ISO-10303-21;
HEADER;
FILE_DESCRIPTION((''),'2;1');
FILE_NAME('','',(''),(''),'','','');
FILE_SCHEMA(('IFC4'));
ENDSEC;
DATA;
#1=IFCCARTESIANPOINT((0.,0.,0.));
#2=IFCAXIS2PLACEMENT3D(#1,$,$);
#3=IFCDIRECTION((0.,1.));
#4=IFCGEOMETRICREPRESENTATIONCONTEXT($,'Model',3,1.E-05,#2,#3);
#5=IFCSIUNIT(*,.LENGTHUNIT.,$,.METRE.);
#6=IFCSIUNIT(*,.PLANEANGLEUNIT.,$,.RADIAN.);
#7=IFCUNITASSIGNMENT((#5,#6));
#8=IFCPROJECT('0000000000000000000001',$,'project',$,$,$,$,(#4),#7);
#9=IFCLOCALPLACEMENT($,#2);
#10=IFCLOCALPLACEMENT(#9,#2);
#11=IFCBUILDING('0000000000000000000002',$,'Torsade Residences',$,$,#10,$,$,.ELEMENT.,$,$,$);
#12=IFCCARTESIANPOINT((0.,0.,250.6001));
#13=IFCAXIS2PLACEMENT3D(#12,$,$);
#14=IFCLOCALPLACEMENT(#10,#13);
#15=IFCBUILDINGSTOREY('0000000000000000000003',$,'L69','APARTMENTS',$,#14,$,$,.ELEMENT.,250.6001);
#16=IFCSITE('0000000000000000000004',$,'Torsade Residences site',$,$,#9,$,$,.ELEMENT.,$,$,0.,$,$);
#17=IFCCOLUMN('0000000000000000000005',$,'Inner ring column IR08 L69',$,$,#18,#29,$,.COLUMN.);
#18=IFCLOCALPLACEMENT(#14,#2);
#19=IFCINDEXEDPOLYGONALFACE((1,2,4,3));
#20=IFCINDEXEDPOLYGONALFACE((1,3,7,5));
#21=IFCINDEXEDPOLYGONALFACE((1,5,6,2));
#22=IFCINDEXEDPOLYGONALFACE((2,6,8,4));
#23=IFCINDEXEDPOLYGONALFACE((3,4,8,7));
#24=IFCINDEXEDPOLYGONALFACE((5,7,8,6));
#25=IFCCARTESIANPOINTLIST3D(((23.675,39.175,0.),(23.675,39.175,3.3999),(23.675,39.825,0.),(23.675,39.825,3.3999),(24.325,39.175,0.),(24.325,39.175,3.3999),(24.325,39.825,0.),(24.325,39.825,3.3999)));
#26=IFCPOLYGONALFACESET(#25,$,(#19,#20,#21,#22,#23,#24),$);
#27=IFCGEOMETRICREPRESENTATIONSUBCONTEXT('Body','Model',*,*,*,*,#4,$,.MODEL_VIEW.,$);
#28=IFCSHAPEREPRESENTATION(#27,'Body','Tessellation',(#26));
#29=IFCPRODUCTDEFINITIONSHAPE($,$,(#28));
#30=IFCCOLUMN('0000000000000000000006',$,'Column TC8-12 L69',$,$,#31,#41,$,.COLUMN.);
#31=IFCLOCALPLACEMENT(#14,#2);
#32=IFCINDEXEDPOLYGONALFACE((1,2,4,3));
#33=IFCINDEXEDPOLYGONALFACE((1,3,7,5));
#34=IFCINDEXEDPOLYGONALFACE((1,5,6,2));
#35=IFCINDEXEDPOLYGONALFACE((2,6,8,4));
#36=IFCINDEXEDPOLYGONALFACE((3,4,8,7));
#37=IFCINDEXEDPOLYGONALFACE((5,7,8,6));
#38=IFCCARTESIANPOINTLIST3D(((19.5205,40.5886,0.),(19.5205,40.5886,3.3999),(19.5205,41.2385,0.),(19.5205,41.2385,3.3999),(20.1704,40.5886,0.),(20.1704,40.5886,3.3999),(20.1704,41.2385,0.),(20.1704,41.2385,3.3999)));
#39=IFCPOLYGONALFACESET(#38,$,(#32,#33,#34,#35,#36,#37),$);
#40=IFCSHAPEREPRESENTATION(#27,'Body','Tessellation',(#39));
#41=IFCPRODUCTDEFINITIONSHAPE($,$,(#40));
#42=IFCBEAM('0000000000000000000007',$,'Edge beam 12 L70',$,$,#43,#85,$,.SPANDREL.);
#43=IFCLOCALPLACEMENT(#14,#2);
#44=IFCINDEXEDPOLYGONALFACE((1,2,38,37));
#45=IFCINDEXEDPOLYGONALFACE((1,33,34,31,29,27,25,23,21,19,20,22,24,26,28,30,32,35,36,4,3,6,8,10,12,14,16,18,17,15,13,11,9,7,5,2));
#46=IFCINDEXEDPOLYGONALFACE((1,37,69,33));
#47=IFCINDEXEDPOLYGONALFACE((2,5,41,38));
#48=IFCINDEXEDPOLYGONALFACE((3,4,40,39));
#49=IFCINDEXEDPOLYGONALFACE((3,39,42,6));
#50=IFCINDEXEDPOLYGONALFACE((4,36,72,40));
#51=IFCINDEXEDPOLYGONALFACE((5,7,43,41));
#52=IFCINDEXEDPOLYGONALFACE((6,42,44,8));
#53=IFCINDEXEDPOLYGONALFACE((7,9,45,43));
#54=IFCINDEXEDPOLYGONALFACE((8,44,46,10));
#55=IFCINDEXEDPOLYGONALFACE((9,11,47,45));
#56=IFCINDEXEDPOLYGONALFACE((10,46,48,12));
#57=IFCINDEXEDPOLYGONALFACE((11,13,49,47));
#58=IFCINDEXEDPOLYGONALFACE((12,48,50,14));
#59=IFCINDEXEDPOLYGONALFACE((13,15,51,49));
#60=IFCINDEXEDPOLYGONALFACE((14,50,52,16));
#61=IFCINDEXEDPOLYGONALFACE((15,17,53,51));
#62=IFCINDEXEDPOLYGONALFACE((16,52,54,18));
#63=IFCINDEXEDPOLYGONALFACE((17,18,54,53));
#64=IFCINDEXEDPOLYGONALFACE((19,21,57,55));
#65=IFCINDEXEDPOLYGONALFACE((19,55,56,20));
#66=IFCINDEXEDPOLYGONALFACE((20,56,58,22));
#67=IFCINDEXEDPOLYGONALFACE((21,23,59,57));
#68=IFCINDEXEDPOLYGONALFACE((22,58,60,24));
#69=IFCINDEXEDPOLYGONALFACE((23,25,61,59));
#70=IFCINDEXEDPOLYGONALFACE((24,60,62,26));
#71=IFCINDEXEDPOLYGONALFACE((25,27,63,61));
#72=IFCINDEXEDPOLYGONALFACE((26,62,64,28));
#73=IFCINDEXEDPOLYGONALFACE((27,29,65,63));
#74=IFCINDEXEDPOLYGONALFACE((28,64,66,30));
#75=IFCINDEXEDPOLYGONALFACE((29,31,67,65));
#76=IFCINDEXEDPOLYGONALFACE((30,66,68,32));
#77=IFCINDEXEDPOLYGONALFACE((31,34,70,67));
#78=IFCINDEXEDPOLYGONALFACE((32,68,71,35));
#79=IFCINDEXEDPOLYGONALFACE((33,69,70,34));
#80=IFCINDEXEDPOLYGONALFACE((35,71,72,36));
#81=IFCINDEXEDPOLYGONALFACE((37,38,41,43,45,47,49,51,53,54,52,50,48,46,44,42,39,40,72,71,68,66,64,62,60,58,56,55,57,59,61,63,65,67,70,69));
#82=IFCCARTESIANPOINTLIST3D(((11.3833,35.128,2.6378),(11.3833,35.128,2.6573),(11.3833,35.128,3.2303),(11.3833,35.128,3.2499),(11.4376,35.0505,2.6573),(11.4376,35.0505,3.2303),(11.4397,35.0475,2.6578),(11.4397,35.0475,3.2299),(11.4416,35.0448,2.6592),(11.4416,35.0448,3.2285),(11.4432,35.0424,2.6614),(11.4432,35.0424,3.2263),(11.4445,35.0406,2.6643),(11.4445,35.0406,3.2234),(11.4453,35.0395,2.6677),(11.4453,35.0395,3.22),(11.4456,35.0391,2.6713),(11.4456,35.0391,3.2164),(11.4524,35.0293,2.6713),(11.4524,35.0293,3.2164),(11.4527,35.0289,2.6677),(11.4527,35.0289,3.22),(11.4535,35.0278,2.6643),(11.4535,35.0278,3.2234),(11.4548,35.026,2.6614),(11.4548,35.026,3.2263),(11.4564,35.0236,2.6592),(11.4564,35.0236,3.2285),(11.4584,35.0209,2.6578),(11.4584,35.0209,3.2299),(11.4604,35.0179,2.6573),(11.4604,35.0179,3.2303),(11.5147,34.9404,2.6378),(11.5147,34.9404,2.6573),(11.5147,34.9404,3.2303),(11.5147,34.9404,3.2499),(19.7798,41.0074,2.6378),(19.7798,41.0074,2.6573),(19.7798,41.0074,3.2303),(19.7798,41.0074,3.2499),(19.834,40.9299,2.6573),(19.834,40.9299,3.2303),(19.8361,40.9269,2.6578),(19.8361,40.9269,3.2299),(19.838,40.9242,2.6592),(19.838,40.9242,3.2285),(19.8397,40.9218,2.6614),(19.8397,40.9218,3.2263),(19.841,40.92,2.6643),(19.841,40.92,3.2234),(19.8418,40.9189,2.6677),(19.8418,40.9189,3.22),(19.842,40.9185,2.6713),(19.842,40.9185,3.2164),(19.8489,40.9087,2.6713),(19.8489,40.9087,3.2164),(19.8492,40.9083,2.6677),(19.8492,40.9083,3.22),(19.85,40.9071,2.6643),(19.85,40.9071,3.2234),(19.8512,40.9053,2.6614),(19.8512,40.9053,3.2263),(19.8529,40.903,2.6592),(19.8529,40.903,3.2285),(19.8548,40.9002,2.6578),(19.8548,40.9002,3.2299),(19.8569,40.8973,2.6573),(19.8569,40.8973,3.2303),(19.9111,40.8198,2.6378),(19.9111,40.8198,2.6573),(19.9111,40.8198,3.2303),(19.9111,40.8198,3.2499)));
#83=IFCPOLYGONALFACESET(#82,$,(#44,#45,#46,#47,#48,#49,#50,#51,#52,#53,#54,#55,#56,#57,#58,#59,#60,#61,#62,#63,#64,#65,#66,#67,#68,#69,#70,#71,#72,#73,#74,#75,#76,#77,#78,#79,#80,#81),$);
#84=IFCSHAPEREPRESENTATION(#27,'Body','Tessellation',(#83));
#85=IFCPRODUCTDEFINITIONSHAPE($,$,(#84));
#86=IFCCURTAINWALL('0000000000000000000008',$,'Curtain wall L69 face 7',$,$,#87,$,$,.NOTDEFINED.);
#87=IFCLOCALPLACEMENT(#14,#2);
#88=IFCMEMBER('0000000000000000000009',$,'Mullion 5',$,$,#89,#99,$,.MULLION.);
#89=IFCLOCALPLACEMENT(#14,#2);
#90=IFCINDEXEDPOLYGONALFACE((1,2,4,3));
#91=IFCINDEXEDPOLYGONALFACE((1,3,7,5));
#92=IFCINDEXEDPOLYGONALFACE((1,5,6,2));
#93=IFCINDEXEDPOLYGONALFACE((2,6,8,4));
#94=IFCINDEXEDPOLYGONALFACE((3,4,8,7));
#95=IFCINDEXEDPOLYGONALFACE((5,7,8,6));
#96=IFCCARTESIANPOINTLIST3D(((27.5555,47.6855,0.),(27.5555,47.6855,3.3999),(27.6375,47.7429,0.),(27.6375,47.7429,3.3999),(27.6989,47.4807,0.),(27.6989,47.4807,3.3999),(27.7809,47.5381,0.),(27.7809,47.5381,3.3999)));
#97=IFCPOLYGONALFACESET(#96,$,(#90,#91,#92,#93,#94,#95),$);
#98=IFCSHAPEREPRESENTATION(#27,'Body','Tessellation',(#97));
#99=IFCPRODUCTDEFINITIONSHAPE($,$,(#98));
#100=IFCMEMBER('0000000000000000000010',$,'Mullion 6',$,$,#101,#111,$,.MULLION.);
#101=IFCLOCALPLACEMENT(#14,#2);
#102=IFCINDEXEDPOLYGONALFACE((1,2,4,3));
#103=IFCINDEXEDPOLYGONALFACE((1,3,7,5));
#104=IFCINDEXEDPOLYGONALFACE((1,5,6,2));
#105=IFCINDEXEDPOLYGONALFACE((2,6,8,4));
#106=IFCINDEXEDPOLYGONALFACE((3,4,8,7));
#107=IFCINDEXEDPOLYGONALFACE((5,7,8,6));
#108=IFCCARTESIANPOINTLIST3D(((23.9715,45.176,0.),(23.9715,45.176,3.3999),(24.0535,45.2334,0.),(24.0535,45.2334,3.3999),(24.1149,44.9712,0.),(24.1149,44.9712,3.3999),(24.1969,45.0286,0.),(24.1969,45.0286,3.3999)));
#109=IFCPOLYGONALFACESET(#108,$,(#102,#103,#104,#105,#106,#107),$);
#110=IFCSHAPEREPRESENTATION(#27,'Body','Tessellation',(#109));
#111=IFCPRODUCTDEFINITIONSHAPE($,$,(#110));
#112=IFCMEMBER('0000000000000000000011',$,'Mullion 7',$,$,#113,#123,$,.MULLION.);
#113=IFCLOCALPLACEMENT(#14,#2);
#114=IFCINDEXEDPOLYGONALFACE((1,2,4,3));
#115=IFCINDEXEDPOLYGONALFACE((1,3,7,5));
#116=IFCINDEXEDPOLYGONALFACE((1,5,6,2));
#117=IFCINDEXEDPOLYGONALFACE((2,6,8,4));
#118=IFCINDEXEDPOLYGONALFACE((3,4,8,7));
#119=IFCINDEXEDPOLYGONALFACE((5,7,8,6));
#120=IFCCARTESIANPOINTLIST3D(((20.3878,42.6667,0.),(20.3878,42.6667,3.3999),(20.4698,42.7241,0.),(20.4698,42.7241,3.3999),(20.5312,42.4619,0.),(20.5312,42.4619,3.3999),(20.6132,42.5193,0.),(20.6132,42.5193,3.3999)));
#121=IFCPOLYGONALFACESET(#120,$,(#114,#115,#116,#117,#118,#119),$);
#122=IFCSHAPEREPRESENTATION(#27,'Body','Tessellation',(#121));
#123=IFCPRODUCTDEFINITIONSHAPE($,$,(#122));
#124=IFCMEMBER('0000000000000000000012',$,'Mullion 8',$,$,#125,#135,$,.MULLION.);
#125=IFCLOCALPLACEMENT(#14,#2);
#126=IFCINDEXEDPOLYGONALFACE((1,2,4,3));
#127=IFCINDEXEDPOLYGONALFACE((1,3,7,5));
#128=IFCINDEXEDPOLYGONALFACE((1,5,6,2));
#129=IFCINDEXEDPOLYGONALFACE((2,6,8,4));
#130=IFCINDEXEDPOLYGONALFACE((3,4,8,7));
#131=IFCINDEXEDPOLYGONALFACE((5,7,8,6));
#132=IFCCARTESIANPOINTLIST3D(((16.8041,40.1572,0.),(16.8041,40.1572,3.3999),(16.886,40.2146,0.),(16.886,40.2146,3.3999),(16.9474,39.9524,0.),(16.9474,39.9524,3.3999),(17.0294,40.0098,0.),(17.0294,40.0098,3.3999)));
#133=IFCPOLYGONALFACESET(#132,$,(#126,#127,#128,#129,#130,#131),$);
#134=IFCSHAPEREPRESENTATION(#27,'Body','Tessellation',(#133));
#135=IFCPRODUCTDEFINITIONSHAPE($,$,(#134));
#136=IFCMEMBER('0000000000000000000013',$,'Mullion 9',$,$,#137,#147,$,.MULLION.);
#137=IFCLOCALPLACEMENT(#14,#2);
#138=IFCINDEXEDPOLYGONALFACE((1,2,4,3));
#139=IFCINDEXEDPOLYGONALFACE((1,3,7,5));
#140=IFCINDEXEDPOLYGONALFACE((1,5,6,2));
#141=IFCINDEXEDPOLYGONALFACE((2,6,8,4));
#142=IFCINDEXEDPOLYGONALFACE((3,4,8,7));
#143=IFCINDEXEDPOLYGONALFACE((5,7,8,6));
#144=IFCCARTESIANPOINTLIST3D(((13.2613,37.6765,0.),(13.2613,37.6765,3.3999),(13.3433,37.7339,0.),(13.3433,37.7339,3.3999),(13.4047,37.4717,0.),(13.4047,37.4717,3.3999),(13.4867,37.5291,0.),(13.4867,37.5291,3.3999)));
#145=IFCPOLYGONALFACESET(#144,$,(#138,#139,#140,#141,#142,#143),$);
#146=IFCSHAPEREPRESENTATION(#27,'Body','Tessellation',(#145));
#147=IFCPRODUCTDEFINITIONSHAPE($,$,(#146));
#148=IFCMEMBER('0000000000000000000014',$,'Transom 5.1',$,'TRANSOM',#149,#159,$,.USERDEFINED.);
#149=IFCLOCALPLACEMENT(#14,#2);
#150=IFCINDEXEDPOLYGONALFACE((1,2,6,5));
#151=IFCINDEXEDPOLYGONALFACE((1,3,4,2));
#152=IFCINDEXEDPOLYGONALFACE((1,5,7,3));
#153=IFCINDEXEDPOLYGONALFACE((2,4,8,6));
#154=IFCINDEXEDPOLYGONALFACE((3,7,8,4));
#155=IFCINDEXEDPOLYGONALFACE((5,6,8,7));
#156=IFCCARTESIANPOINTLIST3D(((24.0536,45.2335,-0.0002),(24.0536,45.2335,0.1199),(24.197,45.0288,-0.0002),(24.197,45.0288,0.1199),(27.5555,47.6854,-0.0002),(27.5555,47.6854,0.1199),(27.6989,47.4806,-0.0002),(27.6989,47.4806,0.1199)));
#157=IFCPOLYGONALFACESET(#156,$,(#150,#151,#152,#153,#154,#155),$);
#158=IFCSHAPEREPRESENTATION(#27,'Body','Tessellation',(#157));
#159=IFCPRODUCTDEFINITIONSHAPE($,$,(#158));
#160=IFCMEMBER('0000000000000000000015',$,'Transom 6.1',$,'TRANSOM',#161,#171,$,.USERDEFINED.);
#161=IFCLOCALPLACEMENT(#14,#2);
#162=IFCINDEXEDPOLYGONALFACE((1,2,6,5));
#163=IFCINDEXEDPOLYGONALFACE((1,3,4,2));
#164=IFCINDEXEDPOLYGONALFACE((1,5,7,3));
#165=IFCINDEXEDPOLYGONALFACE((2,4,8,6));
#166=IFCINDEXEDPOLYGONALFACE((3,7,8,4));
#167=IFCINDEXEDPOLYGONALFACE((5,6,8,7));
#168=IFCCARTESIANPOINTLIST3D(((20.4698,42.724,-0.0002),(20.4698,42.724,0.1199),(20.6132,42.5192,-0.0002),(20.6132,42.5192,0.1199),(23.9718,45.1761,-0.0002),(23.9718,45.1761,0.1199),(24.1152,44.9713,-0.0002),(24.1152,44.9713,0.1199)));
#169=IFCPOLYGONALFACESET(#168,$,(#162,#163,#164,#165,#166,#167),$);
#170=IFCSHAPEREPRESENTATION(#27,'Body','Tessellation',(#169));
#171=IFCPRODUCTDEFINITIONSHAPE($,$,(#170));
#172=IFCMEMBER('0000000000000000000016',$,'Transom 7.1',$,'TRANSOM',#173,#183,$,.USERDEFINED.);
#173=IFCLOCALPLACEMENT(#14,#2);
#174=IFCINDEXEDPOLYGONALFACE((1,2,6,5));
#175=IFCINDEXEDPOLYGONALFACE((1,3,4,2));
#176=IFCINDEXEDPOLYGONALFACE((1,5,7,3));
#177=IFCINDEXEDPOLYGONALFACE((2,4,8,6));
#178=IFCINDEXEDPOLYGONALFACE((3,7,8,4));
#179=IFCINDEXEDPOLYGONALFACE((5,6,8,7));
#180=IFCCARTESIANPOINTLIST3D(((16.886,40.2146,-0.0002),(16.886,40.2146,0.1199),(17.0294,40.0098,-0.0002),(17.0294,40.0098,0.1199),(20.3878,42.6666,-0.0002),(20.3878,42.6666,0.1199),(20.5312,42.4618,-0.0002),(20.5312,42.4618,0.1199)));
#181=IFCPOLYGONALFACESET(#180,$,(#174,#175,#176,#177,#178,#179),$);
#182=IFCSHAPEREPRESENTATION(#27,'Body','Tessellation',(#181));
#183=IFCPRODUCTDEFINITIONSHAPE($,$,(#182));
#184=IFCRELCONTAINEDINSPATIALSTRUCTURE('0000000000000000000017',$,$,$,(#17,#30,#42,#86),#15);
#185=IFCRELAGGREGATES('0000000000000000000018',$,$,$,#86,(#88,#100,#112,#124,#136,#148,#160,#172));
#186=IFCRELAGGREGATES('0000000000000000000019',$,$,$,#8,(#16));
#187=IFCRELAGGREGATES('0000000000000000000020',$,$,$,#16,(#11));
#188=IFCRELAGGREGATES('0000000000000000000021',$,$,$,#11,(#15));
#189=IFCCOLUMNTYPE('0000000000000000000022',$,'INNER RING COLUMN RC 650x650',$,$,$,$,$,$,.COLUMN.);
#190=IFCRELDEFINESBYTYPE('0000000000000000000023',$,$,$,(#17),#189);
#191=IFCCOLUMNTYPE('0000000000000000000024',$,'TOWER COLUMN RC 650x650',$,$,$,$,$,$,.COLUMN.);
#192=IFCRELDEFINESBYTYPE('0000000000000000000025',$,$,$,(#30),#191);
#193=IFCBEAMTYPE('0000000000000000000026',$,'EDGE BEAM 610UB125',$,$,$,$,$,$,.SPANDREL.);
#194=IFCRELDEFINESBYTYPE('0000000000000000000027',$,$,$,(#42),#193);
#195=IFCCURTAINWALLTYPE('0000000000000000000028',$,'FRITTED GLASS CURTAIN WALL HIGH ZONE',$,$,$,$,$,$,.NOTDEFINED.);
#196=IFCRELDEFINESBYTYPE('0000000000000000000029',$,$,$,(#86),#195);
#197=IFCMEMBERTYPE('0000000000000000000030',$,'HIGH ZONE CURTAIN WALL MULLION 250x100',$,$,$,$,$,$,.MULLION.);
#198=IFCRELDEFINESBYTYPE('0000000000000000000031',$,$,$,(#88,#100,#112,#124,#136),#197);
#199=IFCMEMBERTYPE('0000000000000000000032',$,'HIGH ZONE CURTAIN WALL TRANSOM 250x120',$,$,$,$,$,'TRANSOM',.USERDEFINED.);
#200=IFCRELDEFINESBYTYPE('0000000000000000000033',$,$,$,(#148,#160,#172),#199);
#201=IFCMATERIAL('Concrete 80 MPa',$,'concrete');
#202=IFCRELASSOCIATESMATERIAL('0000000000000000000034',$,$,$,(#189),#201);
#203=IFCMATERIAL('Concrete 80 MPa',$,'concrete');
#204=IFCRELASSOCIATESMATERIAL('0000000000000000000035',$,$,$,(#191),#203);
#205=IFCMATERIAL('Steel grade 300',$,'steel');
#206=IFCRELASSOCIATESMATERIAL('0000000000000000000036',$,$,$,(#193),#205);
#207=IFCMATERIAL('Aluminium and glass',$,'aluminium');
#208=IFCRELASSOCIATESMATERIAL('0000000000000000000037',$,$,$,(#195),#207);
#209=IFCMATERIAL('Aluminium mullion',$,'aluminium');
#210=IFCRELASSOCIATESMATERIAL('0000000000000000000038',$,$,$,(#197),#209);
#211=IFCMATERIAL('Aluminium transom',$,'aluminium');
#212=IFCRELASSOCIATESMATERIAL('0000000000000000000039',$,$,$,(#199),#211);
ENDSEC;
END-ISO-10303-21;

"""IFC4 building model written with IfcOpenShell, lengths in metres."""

from ifc_helpers import new_model, si_unit, direction, frame, origin, origin_2d, place, context, subcontext, project, spatial, rectangle, i_section, extrude, material, material_profile, profile_set, type_object, element, aggregate, save


model = new_model("IFC4")

# Units and contexts
model_context = context("Model", 3, precision=1e-05, world=origin(), true_north=direction((0.0, 1.0)))
body_context = subcontext(model_context, "Body", "Model", "MODEL_VIEW")
ifc_project = project(units=[si_unit("LENGTHUNIT", "METRE"), si_unit("PLANEANGLEUNIT", "RADIAN")], contexts=[model_context])

# Site, building, storey
site_placement = place(None, origin())
site = spatial("IfcSite", under=ifc_project, at=site_placement, Name="Torsade Residences site", CompositionType="ELEMENT", RefElevation=0.0)
building_placement = place(site_placement, origin())
building = spatial("IfcBuilding", under=site, at=building_placement, Name="Torsade Residences", CompositionType="ELEMENT")
storey_placement = place(building_placement, frame((0.0, 0.0, 250.6001)))
storey = spatial("IfcBuildingStorey", under=building, at=storey_placement, Name="L69", Description="APARTMENTS", CompositionType="ELEMENT", Elevation=250.6001)

# Columns
ifc_material_1 = material(Name="Concrete 80 MPa", Category="concrete")
ifc_material_profile_1 = material_profile(ifc_material_1, rectangle(XDim=0.6499, YDim=0.6499, at=origin_2d()), Name="RC 650x650")
ifc_profile_set_1 = profile_set([ifc_material_profile_1], Name="Concrete 80 MPa")
column_type_1 = type_object("IfcColumnType", Name="INNER RING COLUMN RC 650x650", PredefinedType="COLUMN", material=ifc_profile_set_1)
column_1_placement = place(storey_placement, frame((24.0, 39.5, 0.0), z_axis=(0.0, 0.0, 1.0), x_axis=(1.0, 0.0, 0.0)))
element("IfcColumn", 1, at=column_1_placement, inside=storey, type_object=column_type_1, Name="Inner ring column IR08 L69", PredefinedType="COLUMN", context=body_context, shape_type="SweptSolid", body=[
    extrude(rectangle(XDim=0.6499, YDim=0.6499, at=origin_2d()), origin(), (0.0, 0.0, 1.0), 3.3999),
])
ifc_material_2 = material(Name="Concrete 80 MPa", Category="concrete")
ifc_material_profile_2 = material_profile(ifc_material_2, rectangle(XDim=0.6499, YDim=0.6499, at=origin_2d()), Name="RC 650x650")
ifc_profile_set_2 = profile_set([ifc_material_profile_2], Name="Concrete 80 MPa")
column_type_2 = type_object("IfcColumnType", Name="TOWER COLUMN RC 650x650", PredefinedType="COLUMN", material=ifc_profile_set_2)
column_2_placement = place(storey_placement, frame((19.8455, 40.9136, 0.0), z_axis=(0.0, 0.0, 1.0), x_axis=(1.0, 0.0, 0.0)))
element("IfcColumn", 2, at=column_2_placement, inside=storey, type_object=column_type_2, Name="Column TC8-12 L69", PredefinedType="COLUMN", context=body_context, shape_type="SweptSolid", body=[
    extrude(rectangle(XDim=0.6499, YDim=0.6499, at=origin_2d()), origin(), (0.0, 0.0, 1.0), 3.3999),
])

# Beam
ifc_material_3 = material(Name="Steel grade 300", Category="steel")
ifc_material_profile_3 = material_profile(ifc_material_3, i_section(OverallWidth=0.229, OverallDepth=0.6121, WebThickness=0.012, FlangeThickness=0.0195, FilletRadius=0.0139, at=origin_2d()), Name="610UB125")
ifc_profile_set_3 = profile_set([ifc_material_profile_3], Name="Steel grade 300")
beam_type_1 = type_object("IfcBeamType", Name="EDGE BEAM 610UB125", PredefinedType="SPANDREL", material=ifc_profile_set_3)
beam_1_placement = place(storey_placement, frame((19.8455, 40.9136, 2.9438), z_axis=(-0.819147, -0.573584, 0.0), x_axis=(0.573584, -0.819147, 0.0)))
element("IfcBeam", 3, at=beam_1_placement, inside=storey, type_object=beam_type_1, Name="Edge beam 12 L70", PredefinedType="SPANDREL", context=body_context, shape_type="SweptSolid", body=[
    extrude(i_section(OverallWidth=0.229, OverallDepth=0.6121, WebThickness=0.012, FlangeThickness=0.0195, FilletRadius=0.0139, at=origin_2d()), origin(), (0.0, 0.0, 1.0), 10.2502),
])

# Curtain wall, members
ifc_material_4 = material(Name="Aluminium and glass", Category="aluminium")
curtain_wall_type = type_object("IfcCurtainWallType", Name="FRITTED GLASS CURTAIN WALL HIGH ZONE", PredefinedType="NOTDEFINED", material=ifc_material_4)
curtain_wall_placement = place(storey_placement, origin())
curtain_wall = element("IfcCurtainWall", 4, at=curtain_wall_placement, inside=storey, type_object=curtain_wall_type, Name="Curtain wall L69 face 7", PredefinedType="NOTDEFINED")
ifc_material_5 = material(Name="Aluminium mullion", Category="aluminium")
ifc_material_profile_4 = material_profile(ifc_material_5, rectangle(XDim=0.25, YDim=0.1001, at=origin_2d()), Name="HIGH ZONE CURTAIN WALL MULLION 250x100")
ifc_profile_set_4 = profile_set([ifc_material_profile_4], Name="Aluminium mullion")
member_type_1 = type_object("IfcMemberType", Name="HIGH ZONE CURTAIN WALL MULLION 250x100", PredefinedType="MULLION", material=ifc_profile_set_4)
member_1_placement = place(storey_placement, frame((27.6682, 47.6118, 0.0), z_axis=(0.0, 0.0, 1.0), x_axis=(0.573576, -0.819152, 0.0)))
member_1 = element("IfcMember", 5, at=member_1_placement, type_object=member_type_1, Name="Mullion 5", PredefinedType="MULLION", context=body_context, shape_type="SweptSolid", body=[
    extrude(rectangle(XDim=0.25, YDim=0.1001, at=origin_2d()), origin(), (0.0, 0.0, 1.0), 3.3999),
])
member_2_placement = place(storey_placement, frame((24.0842, 45.1023, 0.0), z_axis=(0.0, 0.0, 1.0), x_axis=(0.573576, -0.819152, 0.0)))
member_2 = element("IfcMember", 6, at=member_2_placement, type_object=member_type_1, Name="Mullion 6", PredefinedType="MULLION", context=body_context, shape_type="SweptSolid", body=[
    extrude(rectangle(XDim=0.25, YDim=0.1001, at=origin_2d()), origin(), (0.0, 0.0, 1.0), 3.3999),
])
member_3_placement = place(storey_placement, frame((20.5005, 42.593, 0.0), z_axis=(0.0, 0.0, 1.0), x_axis=(0.573576, -0.819152, 0.0)))
member_3 = element("IfcMember", 7, at=member_3_placement, type_object=member_type_1, Name="Mullion 7", PredefinedType="MULLION", context=body_context, shape_type="SweptSolid", body=[
    extrude(rectangle(XDim=0.25, YDim=0.1001, at=origin_2d()), origin(), (0.0, 0.0, 1.0), 3.3999),
])
member_4_placement = place(storey_placement, frame((16.9167, 40.0835, 0.0), z_axis=(0.0, 0.0, 1.0), x_axis=(0.573576, -0.819152, 0.0)))
member_4 = element("IfcMember", 8, at=member_4_placement, type_object=member_type_1, Name="Mullion 8", PredefinedType="MULLION", context=body_context, shape_type="SweptSolid", body=[
    extrude(rectangle(XDim=0.25, YDim=0.1001, at=origin_2d()), origin(), (0.0, 0.0, 1.0), 3.3999),
])
member_5_placement = place(storey_placement, frame((13.374, 37.6028, 0.0), z_axis=(0.0, 0.0, 1.0), x_axis=(0.573576, -0.819152, 0.0)))
member_5 = element("IfcMember", 9, at=member_5_placement, type_object=member_type_1, Name="Mullion 9", PredefinedType="MULLION", context=body_context, shape_type="SweptSolid", body=[
    extrude(rectangle(XDim=0.25, YDim=0.1001, at=origin_2d()), origin(), (0.0, 0.0, 1.0), 3.3999),
])
ifc_material_6 = material(Name="Aluminium transom", Category="aluminium")
ifc_material_profile_5 = material_profile(ifc_material_6, rectangle(XDim=0.25, YDim=0.1201, at=origin_2d()), Name="HIGH ZONE CURTAIN WALL TRANSOM 250x120")
ifc_profile_set_5 = profile_set([ifc_material_profile_5], Name="Aluminium transom")
member_type_2 = type_object("IfcMemberType", Name="HIGH ZONE CURTAIN WALL TRANSOM 250x120", ElementType="TRANSOM", PredefinedType="USERDEFINED", material=ifc_profile_set_5)
member_6_placement = place(storey_placement, frame((27.6272, 47.583, 0.0598), z_axis=(-0.819173, -0.573547, 0.0), x_axis=(0.573547, -0.819173, 0.0)))
member_6 = element("IfcMember", 10, at=member_6_placement, type_object=member_type_2, Name="Transom 5.1", ObjectType="TRANSOM", PredefinedType="USERDEFINED", context=body_context, shape_type="SweptSolid", body=[
    extrude(rectangle(XDim=0.25, YDim=0.1201, at=origin_2d()), origin(), (0.0, 0.0, 1.0), 4.2749),
])
member_7_placement = place(storey_placement, frame((24.0435, 45.0737, 0.0598), z_axis=(-0.819146, -0.573585, 0.0), x_axis=(0.573585, -0.819146, 0.0)))
member_7 = element("IfcMember", 11, at=member_7_placement, type_object=member_type_2, Name="Transom 6.1", ObjectType="TRANSOM", PredefinedType="USERDEFINED", context=body_context, shape_type="SweptSolid", body=[
    extrude(rectangle(XDim=0.25, YDim=0.1201, at=origin_2d()), origin(), (0.0, 0.0, 1.0), 4.2751),
])
member_8_placement = place(storey_placement, frame((20.4595, 42.5642, 0.0598), z_axis=(-0.819154, -0.573573, 0.0), x_axis=(0.573573, -0.819154, 0.0)))
member_8 = element("IfcMember", 12, at=member_8_placement, type_object=member_type_2, Name="Transom 7.1", ObjectType="TRANSOM", PredefinedType="USERDEFINED", context=body_context, shape_type="SweptSolid", body=[
    extrude(rectangle(XDim=0.25, YDim=0.1201, at=origin_2d()), origin(), (0.0, 0.0, 1.0), 4.2749),
])

aggregate(curtain_wall, [member_1, member_2, member_3, member_4, member_5, member_6, member_7, member_8])

save(model, "model.ifc")
